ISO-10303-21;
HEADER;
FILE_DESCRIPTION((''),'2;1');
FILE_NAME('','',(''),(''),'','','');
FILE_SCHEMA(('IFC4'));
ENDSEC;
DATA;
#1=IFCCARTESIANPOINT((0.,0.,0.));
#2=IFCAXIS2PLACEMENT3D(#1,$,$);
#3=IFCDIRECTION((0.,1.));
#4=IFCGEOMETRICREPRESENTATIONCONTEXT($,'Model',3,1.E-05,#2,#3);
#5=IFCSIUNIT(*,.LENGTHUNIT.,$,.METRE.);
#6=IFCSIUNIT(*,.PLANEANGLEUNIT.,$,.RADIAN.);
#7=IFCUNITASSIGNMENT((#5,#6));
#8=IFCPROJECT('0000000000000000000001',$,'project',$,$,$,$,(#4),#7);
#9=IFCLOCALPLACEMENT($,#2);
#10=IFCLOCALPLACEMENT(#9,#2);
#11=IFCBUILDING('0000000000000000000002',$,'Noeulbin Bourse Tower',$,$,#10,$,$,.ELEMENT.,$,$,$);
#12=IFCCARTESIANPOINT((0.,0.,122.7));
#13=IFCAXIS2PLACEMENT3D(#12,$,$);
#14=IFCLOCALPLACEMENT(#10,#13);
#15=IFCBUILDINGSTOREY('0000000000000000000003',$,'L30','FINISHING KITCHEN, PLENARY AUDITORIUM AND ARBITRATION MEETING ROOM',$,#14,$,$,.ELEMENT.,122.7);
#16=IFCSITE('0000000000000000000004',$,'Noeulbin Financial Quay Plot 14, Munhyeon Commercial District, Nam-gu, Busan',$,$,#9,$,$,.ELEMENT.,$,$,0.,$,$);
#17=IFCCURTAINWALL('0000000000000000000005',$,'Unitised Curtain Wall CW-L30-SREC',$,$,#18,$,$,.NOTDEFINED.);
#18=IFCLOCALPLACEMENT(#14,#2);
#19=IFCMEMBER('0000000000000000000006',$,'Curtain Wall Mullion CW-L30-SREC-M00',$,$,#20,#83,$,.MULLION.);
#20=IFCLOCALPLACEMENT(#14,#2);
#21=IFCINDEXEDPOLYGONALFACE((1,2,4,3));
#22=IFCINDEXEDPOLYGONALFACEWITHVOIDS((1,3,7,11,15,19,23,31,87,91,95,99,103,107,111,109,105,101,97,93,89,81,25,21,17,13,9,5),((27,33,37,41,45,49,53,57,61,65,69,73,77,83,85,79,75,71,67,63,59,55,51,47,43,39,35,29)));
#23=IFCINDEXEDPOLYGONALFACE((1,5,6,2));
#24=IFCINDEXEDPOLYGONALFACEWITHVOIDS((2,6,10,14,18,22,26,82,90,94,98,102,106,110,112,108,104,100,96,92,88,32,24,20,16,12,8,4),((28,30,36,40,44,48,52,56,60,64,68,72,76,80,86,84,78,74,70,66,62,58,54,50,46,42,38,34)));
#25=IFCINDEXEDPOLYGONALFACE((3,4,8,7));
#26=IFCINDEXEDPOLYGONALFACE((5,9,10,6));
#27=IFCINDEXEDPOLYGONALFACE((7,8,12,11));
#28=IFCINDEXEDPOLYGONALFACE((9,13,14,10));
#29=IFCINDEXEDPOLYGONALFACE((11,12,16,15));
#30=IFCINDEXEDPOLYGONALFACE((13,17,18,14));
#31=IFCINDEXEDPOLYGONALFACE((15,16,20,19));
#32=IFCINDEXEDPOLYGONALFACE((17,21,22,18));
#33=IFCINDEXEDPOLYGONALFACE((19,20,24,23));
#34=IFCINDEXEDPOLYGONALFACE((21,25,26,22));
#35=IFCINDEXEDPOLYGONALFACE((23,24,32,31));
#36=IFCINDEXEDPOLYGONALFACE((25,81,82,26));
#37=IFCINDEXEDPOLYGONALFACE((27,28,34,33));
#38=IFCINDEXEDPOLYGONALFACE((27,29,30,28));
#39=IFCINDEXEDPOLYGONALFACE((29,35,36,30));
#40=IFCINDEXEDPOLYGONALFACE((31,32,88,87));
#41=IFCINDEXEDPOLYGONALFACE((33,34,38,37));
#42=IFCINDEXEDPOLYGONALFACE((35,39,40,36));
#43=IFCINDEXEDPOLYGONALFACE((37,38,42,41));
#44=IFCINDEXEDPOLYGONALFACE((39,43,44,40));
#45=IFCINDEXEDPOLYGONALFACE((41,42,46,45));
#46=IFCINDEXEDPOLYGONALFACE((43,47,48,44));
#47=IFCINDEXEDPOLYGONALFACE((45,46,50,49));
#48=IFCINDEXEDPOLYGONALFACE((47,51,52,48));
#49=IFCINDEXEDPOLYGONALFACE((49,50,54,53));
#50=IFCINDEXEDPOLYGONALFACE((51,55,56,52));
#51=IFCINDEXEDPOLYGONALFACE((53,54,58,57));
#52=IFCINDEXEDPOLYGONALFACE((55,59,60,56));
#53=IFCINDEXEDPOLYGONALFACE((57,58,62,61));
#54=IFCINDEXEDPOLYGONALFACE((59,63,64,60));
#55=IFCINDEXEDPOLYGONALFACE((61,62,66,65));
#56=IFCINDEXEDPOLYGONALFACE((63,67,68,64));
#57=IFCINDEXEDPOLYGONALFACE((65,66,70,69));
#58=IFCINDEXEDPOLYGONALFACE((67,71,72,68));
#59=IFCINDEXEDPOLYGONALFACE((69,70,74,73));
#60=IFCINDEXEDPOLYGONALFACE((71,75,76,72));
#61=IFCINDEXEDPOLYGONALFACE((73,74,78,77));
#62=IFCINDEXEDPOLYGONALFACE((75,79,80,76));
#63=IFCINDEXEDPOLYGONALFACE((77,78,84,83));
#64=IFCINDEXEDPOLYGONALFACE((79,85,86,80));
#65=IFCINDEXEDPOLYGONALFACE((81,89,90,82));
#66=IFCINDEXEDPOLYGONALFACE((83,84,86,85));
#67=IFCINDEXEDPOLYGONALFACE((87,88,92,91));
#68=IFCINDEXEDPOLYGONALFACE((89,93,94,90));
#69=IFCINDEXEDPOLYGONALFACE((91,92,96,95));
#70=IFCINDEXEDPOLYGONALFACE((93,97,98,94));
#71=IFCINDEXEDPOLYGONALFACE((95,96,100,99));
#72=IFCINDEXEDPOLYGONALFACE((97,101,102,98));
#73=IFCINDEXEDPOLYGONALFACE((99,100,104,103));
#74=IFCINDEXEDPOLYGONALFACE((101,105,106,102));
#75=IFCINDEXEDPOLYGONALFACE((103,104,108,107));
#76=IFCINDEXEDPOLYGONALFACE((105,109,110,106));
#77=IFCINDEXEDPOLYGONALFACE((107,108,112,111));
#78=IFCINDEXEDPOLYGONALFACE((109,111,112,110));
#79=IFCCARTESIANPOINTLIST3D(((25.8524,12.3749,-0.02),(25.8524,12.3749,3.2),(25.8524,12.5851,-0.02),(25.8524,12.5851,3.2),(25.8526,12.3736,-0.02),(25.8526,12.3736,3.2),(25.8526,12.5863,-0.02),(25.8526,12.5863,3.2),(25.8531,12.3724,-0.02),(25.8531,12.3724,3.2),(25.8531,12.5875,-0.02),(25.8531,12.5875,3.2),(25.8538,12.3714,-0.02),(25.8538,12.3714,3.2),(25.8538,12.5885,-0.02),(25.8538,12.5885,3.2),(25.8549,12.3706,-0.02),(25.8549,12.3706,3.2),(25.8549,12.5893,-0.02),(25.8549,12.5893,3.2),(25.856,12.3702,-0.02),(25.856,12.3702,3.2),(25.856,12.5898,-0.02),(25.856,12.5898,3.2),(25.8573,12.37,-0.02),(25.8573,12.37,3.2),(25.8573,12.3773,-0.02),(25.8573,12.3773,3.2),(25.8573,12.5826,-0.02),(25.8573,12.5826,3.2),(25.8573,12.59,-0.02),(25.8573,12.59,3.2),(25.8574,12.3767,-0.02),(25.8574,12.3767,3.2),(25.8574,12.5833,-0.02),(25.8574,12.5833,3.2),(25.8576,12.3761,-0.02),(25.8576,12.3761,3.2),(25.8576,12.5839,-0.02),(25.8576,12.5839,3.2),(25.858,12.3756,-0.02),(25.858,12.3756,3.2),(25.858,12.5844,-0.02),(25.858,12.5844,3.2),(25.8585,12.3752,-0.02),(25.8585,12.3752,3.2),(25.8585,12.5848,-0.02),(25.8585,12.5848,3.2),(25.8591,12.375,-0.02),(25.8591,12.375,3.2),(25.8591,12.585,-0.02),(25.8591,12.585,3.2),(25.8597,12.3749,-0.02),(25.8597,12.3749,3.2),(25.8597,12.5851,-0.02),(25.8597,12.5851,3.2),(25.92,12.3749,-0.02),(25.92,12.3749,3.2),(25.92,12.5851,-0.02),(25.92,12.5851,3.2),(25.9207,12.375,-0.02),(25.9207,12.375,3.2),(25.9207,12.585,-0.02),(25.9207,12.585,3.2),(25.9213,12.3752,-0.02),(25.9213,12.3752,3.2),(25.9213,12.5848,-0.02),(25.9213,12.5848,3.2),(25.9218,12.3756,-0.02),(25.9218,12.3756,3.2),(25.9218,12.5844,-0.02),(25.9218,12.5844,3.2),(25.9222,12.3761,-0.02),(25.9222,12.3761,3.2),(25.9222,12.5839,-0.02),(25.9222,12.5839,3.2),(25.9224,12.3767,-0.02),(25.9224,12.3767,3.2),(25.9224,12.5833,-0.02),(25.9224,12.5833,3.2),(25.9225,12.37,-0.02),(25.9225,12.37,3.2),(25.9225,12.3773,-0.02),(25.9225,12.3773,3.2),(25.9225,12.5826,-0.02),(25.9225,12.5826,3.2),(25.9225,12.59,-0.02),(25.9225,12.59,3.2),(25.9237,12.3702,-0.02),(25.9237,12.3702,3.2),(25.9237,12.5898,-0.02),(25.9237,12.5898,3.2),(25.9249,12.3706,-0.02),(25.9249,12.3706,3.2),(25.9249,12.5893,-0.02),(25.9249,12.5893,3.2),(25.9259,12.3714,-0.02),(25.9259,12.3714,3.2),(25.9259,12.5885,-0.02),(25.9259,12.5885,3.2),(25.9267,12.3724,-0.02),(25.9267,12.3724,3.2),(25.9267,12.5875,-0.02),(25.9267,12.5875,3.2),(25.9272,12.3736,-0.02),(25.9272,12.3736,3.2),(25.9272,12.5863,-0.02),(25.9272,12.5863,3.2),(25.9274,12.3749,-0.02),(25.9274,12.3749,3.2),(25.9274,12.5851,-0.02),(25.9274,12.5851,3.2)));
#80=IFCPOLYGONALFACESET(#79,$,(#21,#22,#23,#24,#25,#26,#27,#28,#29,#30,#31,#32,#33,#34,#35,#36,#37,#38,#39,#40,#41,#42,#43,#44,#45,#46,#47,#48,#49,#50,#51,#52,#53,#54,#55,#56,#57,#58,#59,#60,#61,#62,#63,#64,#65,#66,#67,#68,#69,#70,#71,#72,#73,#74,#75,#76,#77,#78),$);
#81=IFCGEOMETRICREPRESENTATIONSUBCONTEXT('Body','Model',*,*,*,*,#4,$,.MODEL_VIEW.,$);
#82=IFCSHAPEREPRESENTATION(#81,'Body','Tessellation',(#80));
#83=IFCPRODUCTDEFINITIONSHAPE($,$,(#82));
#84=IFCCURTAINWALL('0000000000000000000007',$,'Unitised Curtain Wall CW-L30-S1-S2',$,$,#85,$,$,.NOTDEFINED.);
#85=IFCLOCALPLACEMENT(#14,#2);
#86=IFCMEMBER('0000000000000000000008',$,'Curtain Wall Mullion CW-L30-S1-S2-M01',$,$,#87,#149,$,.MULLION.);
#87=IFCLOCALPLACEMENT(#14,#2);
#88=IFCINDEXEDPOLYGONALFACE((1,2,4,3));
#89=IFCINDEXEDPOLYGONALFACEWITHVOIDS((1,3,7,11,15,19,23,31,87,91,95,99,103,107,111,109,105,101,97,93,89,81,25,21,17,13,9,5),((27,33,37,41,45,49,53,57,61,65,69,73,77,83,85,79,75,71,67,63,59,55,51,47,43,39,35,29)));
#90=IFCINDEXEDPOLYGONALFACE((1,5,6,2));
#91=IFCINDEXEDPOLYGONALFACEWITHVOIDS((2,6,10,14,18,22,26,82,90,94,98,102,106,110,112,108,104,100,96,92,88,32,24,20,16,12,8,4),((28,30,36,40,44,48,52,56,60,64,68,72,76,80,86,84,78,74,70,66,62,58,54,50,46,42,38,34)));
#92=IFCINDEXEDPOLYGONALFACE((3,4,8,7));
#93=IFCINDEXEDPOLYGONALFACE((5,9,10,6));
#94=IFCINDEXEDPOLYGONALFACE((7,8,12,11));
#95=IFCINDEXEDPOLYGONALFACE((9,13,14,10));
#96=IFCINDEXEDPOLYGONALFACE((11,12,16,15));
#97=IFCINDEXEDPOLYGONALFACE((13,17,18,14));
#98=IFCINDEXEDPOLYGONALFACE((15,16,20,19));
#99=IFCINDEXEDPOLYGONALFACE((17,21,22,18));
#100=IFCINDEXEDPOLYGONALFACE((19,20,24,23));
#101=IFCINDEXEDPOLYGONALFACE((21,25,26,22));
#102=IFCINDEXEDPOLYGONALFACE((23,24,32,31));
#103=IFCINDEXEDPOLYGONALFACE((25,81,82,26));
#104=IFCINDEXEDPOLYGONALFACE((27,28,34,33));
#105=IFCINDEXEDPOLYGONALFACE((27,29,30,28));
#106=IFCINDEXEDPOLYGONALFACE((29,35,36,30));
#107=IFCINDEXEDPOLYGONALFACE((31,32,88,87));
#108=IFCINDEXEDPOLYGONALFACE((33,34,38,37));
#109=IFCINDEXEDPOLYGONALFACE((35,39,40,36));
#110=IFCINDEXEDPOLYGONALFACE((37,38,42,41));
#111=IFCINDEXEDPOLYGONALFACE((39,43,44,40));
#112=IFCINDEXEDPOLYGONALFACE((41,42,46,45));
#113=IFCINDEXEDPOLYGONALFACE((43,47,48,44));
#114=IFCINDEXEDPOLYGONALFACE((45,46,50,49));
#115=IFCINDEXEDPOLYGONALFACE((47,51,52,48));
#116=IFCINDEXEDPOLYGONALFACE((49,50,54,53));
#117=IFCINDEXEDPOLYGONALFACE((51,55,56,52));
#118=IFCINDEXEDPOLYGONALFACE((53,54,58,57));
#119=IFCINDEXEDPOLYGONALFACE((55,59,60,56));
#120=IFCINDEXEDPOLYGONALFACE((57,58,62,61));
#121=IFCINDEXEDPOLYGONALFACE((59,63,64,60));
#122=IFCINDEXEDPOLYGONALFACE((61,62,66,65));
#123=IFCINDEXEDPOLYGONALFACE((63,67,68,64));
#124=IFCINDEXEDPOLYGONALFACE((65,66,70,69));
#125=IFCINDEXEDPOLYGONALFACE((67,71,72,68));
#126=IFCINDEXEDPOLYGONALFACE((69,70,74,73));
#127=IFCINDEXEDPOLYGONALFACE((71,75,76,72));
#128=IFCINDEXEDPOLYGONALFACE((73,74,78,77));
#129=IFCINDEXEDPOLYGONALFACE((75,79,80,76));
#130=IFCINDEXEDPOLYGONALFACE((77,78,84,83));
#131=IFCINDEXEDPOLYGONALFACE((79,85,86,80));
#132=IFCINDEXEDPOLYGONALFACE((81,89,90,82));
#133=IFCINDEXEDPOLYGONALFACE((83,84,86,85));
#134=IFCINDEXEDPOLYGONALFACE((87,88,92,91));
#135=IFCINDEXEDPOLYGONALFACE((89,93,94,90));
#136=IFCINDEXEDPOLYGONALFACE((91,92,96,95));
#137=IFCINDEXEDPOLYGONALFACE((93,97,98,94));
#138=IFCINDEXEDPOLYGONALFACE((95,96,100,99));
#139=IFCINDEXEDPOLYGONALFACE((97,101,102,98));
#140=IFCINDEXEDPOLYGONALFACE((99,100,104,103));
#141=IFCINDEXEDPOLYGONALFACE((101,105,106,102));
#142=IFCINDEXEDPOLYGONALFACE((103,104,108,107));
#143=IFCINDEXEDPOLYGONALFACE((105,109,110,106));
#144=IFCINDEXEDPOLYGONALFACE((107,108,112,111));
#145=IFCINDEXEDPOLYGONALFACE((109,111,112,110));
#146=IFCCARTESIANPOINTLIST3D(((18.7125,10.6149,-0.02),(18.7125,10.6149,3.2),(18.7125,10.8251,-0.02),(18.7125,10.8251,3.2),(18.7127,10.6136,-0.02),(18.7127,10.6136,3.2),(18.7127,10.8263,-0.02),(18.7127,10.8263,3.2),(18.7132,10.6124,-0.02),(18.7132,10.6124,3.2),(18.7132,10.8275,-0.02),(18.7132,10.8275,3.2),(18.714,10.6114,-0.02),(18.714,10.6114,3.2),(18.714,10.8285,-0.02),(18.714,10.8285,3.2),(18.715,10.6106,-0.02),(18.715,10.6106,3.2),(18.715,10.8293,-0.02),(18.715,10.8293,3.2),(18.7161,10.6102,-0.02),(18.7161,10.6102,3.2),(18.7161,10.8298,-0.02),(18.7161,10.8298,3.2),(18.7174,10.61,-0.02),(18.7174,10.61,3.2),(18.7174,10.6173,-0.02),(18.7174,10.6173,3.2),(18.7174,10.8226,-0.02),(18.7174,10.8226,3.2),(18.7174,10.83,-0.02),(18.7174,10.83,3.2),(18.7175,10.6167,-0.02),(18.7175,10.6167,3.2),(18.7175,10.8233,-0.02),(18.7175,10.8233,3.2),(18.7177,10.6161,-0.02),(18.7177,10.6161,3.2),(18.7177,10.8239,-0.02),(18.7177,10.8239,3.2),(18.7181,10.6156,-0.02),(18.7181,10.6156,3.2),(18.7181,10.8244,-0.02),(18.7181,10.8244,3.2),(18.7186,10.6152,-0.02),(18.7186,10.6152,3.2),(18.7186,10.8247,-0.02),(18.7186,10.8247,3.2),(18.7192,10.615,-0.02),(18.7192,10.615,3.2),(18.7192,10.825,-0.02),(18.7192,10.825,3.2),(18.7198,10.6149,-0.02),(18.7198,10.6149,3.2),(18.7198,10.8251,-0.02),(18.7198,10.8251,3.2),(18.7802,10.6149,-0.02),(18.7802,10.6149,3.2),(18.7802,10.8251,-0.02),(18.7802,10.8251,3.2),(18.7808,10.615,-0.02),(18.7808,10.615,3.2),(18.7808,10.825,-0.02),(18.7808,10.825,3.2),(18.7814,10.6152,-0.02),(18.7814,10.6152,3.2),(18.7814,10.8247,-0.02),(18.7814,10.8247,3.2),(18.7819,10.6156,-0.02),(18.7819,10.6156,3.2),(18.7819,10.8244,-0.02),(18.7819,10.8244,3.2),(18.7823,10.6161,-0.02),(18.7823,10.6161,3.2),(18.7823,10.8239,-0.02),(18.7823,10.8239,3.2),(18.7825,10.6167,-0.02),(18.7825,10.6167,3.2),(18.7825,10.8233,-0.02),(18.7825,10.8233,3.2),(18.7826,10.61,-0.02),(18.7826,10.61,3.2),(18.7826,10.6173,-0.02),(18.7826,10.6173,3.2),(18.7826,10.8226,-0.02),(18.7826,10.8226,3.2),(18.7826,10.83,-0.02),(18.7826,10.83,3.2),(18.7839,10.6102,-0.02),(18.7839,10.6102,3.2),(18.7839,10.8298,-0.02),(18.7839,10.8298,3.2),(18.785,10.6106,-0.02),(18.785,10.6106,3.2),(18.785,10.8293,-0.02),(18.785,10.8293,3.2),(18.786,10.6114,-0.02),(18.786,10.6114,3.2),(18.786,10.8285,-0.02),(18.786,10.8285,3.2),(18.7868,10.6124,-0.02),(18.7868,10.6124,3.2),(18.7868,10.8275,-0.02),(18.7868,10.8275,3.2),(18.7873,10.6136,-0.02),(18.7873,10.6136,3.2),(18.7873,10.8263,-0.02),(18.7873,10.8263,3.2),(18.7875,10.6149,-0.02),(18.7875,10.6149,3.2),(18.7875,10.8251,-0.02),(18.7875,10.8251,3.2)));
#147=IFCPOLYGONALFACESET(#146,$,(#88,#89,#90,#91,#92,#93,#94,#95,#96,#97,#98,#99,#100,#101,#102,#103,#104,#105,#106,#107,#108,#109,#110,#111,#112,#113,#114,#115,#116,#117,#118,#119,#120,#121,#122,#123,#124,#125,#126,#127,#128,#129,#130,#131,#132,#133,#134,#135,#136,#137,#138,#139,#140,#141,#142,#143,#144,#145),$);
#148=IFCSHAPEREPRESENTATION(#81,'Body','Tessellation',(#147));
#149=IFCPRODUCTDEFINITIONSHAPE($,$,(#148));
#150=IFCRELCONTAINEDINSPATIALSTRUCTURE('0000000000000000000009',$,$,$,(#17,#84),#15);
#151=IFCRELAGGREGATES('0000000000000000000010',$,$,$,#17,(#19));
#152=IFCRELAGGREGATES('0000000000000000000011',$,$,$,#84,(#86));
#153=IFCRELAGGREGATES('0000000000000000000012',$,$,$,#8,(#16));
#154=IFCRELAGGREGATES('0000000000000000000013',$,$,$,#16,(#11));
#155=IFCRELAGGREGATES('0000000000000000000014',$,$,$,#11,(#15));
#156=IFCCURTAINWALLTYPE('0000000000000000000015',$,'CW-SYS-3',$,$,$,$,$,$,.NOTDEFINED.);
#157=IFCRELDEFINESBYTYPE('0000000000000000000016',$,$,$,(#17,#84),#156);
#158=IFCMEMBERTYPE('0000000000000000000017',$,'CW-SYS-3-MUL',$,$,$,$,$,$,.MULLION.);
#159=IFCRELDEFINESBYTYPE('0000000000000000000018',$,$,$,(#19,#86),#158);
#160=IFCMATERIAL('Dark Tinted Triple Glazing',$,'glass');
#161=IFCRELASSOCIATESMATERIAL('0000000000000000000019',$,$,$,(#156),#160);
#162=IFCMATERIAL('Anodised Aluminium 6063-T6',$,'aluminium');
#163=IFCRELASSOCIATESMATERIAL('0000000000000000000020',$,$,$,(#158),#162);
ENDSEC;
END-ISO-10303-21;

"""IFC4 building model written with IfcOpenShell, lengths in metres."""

from ifc_helpers import new_model, si_unit, direction, frame, origin, origin_2d, place, context, subcontext, project, spatial, hollow_rectangle, extrude, material, material_profile, profile_set, type_object, element, aggregate, save


model = new_model("IFC4")

# Units and contexts
model_context = context("Model", 3, precision=1e-05, world=origin(), true_north=direction((0.0, 1.0)))
body_context = subcontext(model_context, "Body", "Model", "MODEL_VIEW")
ifc_project = project(units=[si_unit("LENGTHUNIT", "METRE"), si_unit("PLANEANGLEUNIT", "RADIAN")], contexts=[model_context])

# Site, building, storey
site_placement = place(None, origin())
site = spatial("IfcSite", under=ifc_project, at=site_placement, Name="Noeulbin Financial Quay Plot 14, Munhyeon Commercial District, Nam-gu, Busan", CompositionType="ELEMENT", RefElevation=0.0)
building_placement = place(site_placement, origin())
building = spatial("IfcBuilding", under=site, at=building_placement, Name="Noeulbin Bourse Tower", CompositionType="ELEMENT")
storey_placement = place(building_placement, frame((0.0, 0.0, 122.7)))
storey = spatial("IfcBuildingStorey", under=building, at=storey_placement, Name="L30", Description="FINISHING KITCHEN, PLENARY AUDITORIUM AND ARBITRATION MEETING ROOM", CompositionType="ELEMENT", Elevation=122.7)

# Curtain wall, member
ifc_material_1 = material(Name="Dark Tinted Triple Glazing", Category="glass")
curtain_wall_type = type_object("IfcCurtainWallType", Name="CW-SYS-3", PredefinedType="NOTDEFINED", material=ifc_material_1)
curtain_wall_1_placement = place(storey_placement, origin())
curtain_wall_1 = element("IfcCurtainWall", 1, at=curtain_wall_1_placement, inside=storey, type_object=curtain_wall_type, Name="Unitised Curtain Wall CW-L30-SREC", PredefinedType="NOTDEFINED")
ifc_material_2 = material(Name="Anodised Aluminium 6063-T6", Category="aluminium")
ifc_material_profile_1 = material_profile(ifc_material_2, hollow_rectangle(XDim=0.075, YDim=0.22, WallThickness=0.0049, InnerFilletRadius=0.0024, OuterFilletRadius=0.0049, at=origin_2d()), Name="ALU-MULL-75x220x5", Category="LoadBearing")
ifc_profile_set_1 = profile_set([ifc_material_profile_1], Name="Anodised Aluminium 6063-T6")
member_type_1 = type_object("IfcMemberType", Name="CW-SYS-3-MUL", PredefinedType="MULLION", material=ifc_profile_set_1)
member_1_placement = place(storey_placement, frame((25.8899, 12.48, -0.02), z_axis=(0.0, 0.0, 1.0), x_axis=(1.0, 0.0, 0.0)))
member_1 = element("IfcMember", 2, at=member_1_placement, type_object=member_type_1, Name="Curtain Wall Mullion CW-L30-SREC-M00", PredefinedType="MULLION", context=body_context, shape_type="SweptSolid", body=[
    extrude(hollow_rectangle(XDim=0.075, YDim=0.22, WallThickness=0.0049, InnerFilletRadius=0.0024, OuterFilletRadius=0.0049, at=origin_2d()), origin(), (0.0, 0.0, 1.0), 3.22),
])

# Curtain wall, member
curtain_wall_2_placement = place(storey_placement, origin())
curtain_wall_2 = element("IfcCurtainWall", 3, at=curtain_wall_2_placement, inside=storey, type_object=curtain_wall_type, Name="Unitised Curtain Wall CW-L30-S1-S2", PredefinedType="NOTDEFINED")
member_2_placement = place(storey_placement, frame((18.75, 10.72, -0.02), z_axis=(0.0, 0.0, 1.0), x_axis=(1.0, 0.0, 0.0)))
member_2 = element("IfcMember", 4, at=member_2_placement, type_object=member_type_1, Name="Curtain Wall Mullion CW-L30-S1-S2-M01", PredefinedType="MULLION", context=body_context, shape_type="SweptSolid", body=[
    extrude(hollow_rectangle(XDim=0.075, YDim=0.22, WallThickness=0.0049, InnerFilletRadius=0.0024, OuterFilletRadius=0.0049, at=origin_2d()), origin(), (0.0, 0.0, 1.0), 3.22),
])

aggregate(curtain_wall_1, [member_1])

aggregate(curtain_wall_2, [member_2])

save(model, "model.ifc")
